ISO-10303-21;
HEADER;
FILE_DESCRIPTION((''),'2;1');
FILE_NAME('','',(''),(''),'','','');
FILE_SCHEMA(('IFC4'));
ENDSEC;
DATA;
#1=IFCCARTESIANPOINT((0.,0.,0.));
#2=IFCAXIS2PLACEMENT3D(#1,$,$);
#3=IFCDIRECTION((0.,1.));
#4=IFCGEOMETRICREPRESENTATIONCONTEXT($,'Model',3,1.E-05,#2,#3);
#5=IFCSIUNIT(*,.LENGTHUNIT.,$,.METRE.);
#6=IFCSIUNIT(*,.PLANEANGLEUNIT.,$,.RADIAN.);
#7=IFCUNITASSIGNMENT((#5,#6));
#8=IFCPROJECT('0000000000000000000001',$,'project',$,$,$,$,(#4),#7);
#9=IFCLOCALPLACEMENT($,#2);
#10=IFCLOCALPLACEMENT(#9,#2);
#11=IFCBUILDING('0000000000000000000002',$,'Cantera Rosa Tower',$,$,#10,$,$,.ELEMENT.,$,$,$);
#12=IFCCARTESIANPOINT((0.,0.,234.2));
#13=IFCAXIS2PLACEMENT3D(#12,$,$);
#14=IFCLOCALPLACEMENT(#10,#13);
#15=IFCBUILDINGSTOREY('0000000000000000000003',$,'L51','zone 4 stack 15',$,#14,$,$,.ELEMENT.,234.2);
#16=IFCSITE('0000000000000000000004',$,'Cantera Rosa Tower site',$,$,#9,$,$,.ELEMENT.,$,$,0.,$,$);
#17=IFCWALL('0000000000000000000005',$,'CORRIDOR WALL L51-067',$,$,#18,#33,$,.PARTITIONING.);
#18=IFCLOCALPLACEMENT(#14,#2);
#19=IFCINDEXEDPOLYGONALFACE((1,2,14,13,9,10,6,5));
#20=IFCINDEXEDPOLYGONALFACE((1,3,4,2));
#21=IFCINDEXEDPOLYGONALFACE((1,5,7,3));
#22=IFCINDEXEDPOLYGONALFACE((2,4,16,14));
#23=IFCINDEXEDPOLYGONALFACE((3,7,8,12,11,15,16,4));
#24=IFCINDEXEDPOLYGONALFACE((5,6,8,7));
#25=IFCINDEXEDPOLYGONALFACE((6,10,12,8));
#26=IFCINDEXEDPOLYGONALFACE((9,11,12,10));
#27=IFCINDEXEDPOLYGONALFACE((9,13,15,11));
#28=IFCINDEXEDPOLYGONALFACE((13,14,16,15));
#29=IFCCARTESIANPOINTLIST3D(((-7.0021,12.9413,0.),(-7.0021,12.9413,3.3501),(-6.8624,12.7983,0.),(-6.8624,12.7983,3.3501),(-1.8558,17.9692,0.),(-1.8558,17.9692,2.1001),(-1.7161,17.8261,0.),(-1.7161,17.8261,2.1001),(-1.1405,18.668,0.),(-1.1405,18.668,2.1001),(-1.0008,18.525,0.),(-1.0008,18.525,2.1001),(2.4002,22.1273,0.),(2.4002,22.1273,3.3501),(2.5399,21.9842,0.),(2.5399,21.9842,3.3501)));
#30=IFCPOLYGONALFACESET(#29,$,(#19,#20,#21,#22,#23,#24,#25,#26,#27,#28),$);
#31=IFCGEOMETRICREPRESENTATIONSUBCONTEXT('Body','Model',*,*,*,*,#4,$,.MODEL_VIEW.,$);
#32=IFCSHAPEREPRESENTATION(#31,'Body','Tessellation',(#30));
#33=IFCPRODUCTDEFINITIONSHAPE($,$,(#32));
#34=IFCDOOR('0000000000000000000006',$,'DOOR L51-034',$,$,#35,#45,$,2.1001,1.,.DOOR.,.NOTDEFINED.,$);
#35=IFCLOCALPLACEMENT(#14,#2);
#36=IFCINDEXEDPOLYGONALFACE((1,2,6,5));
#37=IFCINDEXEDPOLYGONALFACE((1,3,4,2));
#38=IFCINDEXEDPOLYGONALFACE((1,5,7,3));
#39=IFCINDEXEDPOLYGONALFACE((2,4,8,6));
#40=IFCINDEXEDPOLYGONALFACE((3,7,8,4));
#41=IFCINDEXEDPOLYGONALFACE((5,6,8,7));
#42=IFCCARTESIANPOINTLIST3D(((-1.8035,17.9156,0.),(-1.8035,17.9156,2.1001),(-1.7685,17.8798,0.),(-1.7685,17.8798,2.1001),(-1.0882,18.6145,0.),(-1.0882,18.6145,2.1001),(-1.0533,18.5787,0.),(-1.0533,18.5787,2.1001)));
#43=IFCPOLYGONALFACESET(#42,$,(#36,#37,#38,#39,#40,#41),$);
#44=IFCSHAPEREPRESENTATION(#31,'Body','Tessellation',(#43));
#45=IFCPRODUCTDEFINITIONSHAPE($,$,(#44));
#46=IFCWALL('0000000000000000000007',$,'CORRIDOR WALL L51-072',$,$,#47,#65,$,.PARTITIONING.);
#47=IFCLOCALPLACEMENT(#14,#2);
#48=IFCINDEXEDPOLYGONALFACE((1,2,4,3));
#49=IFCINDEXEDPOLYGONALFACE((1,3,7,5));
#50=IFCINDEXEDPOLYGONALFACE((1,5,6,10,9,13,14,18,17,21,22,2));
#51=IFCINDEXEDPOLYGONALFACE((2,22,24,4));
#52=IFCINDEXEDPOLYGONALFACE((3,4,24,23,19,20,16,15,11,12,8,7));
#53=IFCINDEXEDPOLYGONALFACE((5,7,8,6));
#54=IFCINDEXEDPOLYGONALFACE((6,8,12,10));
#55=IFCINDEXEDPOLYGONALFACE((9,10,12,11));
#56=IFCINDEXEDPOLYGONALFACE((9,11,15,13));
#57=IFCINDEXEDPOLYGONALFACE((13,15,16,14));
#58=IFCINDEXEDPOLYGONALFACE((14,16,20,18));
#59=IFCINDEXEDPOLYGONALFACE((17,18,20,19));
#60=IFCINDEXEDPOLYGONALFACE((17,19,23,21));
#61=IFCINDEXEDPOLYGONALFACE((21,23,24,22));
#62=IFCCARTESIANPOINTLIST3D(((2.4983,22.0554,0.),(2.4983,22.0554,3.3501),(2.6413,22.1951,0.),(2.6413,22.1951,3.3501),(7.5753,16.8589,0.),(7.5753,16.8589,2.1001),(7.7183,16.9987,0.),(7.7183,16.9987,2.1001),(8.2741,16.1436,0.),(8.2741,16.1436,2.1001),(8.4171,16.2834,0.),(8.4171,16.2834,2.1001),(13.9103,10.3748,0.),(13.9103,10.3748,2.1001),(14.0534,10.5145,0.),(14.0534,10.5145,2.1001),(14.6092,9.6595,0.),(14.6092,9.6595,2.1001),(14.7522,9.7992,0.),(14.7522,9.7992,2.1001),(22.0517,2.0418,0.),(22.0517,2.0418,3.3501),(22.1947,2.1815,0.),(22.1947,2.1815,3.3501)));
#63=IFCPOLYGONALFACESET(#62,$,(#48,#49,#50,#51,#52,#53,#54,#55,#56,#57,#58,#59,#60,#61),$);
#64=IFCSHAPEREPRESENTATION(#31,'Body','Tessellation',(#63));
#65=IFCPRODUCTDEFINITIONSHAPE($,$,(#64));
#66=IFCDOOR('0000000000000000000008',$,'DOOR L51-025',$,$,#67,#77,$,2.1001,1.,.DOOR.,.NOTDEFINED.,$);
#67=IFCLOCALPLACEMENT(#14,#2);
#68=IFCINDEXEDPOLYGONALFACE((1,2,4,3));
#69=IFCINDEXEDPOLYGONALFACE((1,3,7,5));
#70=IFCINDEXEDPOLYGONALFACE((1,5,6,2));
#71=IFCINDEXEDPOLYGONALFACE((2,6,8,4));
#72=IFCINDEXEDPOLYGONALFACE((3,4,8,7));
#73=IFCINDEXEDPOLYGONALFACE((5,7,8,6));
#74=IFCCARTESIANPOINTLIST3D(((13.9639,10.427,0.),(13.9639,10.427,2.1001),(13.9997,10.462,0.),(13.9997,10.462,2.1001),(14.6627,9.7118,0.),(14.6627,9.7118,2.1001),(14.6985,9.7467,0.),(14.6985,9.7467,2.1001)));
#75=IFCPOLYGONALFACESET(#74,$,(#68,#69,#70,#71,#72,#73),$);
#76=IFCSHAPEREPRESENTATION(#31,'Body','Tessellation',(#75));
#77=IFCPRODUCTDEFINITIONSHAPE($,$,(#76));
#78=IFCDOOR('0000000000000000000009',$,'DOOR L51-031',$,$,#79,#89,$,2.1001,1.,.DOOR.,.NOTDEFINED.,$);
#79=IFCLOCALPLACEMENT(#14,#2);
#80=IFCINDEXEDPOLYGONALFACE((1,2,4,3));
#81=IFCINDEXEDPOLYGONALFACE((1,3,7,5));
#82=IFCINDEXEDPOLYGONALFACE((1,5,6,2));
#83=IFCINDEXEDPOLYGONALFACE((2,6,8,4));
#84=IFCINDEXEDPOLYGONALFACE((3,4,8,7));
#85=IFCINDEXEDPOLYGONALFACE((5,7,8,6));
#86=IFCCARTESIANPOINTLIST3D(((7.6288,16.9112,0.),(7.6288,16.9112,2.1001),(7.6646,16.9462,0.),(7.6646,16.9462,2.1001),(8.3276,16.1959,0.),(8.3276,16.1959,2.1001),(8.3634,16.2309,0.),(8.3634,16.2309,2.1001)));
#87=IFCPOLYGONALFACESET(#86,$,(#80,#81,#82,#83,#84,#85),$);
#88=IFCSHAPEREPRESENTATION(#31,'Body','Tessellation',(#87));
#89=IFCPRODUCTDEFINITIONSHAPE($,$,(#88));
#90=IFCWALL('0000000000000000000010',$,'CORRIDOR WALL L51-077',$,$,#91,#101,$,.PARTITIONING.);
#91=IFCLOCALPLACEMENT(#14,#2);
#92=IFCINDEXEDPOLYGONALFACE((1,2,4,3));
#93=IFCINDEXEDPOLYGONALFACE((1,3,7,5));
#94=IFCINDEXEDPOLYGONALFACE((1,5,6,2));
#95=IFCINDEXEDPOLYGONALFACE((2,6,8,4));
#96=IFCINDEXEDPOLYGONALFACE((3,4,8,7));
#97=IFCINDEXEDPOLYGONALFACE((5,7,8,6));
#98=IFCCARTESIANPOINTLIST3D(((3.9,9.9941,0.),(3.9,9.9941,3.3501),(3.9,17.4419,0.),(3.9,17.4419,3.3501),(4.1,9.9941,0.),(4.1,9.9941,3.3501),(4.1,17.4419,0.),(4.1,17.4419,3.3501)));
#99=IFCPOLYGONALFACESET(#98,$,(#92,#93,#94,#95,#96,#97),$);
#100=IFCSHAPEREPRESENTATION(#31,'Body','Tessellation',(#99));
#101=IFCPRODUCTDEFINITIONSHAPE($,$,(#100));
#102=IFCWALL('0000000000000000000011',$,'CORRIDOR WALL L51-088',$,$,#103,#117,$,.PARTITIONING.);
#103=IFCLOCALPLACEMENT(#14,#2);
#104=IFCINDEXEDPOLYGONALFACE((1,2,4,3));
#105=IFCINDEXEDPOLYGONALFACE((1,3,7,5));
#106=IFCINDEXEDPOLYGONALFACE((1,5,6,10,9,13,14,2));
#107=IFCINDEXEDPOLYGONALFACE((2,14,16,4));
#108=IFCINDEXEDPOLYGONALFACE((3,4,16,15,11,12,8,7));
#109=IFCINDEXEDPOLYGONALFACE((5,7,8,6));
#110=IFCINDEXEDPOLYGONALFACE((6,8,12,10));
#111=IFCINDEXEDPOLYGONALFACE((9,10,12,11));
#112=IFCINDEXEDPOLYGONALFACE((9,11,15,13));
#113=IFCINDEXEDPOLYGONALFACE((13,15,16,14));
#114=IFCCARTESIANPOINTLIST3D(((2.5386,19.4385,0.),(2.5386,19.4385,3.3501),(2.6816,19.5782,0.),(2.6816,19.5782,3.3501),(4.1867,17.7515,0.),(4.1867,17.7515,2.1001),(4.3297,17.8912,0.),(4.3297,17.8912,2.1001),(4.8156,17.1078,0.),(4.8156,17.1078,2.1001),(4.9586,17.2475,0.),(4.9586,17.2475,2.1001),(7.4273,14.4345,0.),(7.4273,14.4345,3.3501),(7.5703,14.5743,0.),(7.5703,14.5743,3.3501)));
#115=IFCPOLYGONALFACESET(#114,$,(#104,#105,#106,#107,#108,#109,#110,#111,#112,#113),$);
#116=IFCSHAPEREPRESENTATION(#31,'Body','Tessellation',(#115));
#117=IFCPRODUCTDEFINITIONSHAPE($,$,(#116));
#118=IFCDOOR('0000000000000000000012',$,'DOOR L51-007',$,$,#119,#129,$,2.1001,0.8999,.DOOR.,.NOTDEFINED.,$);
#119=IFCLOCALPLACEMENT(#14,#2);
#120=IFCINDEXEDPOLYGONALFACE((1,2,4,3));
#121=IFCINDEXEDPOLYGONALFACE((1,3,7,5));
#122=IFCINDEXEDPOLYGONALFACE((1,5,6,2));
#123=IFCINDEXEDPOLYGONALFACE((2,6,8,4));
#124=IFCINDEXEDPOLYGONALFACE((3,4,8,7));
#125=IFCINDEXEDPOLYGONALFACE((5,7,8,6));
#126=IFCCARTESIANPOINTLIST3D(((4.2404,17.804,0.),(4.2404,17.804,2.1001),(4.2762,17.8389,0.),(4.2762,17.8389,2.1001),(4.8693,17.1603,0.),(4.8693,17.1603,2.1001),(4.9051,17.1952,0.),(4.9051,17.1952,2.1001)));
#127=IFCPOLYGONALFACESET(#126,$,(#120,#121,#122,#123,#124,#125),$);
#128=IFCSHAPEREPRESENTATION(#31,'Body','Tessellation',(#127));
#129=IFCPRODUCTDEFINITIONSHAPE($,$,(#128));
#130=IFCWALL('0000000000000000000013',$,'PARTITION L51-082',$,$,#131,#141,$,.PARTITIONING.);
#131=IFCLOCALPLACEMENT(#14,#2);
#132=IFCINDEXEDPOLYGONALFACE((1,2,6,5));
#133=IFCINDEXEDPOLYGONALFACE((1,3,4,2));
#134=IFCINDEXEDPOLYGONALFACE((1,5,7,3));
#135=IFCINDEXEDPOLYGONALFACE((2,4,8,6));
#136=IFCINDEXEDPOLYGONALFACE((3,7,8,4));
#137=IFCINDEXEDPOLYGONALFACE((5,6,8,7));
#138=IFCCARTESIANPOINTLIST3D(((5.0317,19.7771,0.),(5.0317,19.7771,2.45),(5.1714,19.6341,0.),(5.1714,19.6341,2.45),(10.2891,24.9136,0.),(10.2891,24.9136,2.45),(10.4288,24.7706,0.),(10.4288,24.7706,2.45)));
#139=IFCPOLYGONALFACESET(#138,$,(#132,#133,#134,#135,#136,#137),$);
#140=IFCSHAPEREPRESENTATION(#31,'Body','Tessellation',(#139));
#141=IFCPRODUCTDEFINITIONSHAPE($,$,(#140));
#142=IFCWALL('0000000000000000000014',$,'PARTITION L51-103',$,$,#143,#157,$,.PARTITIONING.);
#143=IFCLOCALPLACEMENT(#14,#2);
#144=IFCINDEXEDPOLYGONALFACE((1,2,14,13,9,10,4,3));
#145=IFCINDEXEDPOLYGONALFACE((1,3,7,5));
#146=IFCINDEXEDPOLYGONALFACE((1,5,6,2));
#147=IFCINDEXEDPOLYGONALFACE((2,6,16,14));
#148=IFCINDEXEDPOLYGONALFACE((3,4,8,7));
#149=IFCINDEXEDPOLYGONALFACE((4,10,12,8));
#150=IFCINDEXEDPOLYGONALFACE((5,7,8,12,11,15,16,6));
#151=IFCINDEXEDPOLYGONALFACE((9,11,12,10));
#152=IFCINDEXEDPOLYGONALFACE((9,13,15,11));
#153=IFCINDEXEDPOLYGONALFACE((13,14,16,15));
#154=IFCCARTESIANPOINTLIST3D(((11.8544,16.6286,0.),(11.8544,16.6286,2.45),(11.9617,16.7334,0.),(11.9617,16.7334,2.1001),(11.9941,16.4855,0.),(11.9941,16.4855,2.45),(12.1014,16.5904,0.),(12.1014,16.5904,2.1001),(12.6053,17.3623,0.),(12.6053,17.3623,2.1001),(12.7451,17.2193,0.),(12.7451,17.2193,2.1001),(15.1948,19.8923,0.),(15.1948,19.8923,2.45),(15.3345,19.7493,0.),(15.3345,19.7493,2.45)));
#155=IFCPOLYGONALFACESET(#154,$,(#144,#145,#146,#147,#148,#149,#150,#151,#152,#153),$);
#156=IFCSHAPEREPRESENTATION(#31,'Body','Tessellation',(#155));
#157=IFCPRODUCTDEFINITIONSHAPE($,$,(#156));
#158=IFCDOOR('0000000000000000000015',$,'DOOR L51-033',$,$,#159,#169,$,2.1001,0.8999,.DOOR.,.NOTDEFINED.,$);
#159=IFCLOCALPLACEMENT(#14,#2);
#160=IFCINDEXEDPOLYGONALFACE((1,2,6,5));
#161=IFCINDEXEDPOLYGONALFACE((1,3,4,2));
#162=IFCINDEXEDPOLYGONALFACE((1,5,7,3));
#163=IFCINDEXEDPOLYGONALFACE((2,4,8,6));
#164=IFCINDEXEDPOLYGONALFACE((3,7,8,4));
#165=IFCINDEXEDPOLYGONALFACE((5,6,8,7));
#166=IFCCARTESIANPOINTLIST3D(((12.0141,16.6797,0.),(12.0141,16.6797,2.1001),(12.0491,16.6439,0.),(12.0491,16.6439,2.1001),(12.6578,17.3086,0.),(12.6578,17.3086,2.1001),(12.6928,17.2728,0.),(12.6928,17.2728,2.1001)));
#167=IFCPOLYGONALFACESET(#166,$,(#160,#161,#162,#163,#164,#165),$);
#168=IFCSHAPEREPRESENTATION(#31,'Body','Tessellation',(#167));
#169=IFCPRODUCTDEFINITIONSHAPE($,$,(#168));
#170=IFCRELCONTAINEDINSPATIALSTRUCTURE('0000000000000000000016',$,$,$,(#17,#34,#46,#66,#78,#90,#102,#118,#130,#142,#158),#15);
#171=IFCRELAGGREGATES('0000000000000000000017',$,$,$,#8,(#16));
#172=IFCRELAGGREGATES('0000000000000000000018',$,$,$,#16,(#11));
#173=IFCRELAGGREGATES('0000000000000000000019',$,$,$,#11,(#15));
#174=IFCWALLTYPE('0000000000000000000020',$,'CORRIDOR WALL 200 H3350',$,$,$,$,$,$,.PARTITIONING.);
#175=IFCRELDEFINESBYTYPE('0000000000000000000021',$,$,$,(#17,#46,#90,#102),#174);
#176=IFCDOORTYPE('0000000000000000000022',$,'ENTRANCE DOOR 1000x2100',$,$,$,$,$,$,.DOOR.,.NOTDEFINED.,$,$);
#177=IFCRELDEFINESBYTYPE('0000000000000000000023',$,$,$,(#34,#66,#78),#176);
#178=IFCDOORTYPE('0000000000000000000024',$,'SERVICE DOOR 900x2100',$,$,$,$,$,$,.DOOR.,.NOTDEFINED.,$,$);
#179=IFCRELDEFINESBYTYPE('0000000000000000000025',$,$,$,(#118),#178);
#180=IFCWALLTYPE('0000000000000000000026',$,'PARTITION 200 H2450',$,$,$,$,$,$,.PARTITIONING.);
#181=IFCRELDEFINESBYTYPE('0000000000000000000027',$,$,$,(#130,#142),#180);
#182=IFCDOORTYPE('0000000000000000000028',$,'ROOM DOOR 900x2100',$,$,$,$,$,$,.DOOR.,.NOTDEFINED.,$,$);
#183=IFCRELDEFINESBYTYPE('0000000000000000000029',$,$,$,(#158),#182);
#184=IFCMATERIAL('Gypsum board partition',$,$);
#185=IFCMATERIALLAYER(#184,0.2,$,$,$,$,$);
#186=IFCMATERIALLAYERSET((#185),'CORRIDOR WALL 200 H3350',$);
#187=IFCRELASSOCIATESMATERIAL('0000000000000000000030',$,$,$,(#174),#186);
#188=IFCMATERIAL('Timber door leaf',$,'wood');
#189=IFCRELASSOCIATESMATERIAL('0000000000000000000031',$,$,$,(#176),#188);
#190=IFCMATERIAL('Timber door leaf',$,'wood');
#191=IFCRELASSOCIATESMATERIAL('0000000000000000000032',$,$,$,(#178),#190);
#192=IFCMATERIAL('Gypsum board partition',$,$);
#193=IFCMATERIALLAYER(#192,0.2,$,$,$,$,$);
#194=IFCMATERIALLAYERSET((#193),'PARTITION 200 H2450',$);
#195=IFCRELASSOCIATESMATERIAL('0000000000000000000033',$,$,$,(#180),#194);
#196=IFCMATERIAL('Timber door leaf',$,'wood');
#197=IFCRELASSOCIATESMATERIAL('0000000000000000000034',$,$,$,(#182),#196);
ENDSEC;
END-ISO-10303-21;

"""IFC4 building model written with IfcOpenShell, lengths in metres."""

from ifc_helpers import new_model, si_unit, direction, frame, frame_2d, origin, place, context, subcontext, project, spatial, rectangle, extrude, material, layer, layer_set, type_object, element, fill, save


model = new_model("IFC4")

# Units and contexts
model_context = context("Model", 3, precision=1e-05, world=origin(), true_north=direction((0.0, 1.0)))
body_context = subcontext(model_context, "Body", "Model", "MODEL_VIEW")
ifc_project = project(units=[si_unit("LENGTHUNIT", "METRE"), si_unit("PLANEANGLEUNIT", "RADIAN")], contexts=[model_context])

# Site, building, storey
site_placement = place(None, origin())
site = spatial("IfcSite", under=ifc_project, at=site_placement, Name="Cantera Rosa Tower site", CompositionType="ELEMENT", RefElevation=0.0)
building_placement = place(site_placement, origin())
building = spatial("IfcBuilding", under=site, at=building_placement, Name="Cantera Rosa Tower", CompositionType="ELEMENT")
storey_placement = place(building_placement, frame((0.0, 0.0, 234.2)))
storey = spatial("IfcBuildingStorey", under=building, at=storey_placement, Name="L51", Description="zone 4 stack 15", CompositionType="ELEMENT", Elevation=234.2)

# Shared definitions
ifc_material_1 = material(Name="Gypsum board partition")
ifc_layer_1 = layer(ifc_material_1, 0.2)
ifc_layer_set_1 = layer_set([ifc_layer_1], Name="CORRIDOR WALL 200 H3350")
wall_type_1 = type_object("IfcWallType", Name="CORRIDOR WALL 200 H3350", PredefinedType="PARTITIONING", material=ifc_layer_set_1)

# Wall, opening, door
wall_1_placement = place(storey_placement, frame((2.47, 22.0557, 0.0), z_axis=(0.0, 0.0, 1.0), x_axis=(-0.715287, -0.698831, 0.0)))
wall_1 = element("IfcWall", 1, at=wall_1_placement, inside=storey, type_object=wall_type_1, Name="CORRIDOR WALL L51-067", PredefinedType="PARTITIONING", context=body_context, shape_type="SweptSolid", body=[
    extrude(rectangle(XDim=13.1448, YDim=0.2, at=frame_2d((6.5723, 0.0))), origin(), (0.0, 0.0, 1.0), 3.3501),
])
opening_1_placement = place(wall_1_placement, frame((4.95, 0.0, 0.0)))
opening_1 = element("IfcOpeningElement", 2, at=opening_1_placement, cuts=wall_1, PredefinedType="OPENING", context=body_context, shape_type="SweptSolid", body=[
    extrude(rectangle(XDim=1.0, YDim=2.1001, at=frame_2d((0.5, 1.05))), frame((0.0, 0.1099, 0.0), z_axis=(0.0, -1.0, 0.0), x_axis=(1.0, 0.0, 0.0)), (0.0, 0.0, 1.0), 0.22),
])
ifc_material_2 = material(Name="Timber door leaf", Category="wood")
door_type_1 = type_object("IfcDoorType", Name="ENTRANCE DOOR 1000x2100", OperationType="NOTDEFINED", PredefinedType="DOOR", material=ifc_material_2)
door_1_placement = place(opening_1_placement, origin())
door_1 = element("IfcDoor", 3, at=door_1_placement, inside=storey, type_object=door_type_1, Name="DOOR L51-034", OperationType="NOTDEFINED", OverallHeight=2.1001, OverallWidth=1.0, PredefinedType="DOOR", context=body_context, shape_type="SweptSolid", body=[
    extrude(rectangle(XDim=1.0, YDim=2.1001, at=frame_2d((0.5, 1.05))), frame((0.0, 0.0249, 0.0), z_axis=(0.0, -1.0, 0.0), x_axis=(1.0, 0.0, 0.0)), (0.0, 0.0, 1.0), 0.05),
])
fill(opening_1, door_1)

# Wall, openings, doors
wall_2_placement = place(storey_placement, frame((2.5698, 22.1252, 0.0), z_axis=(0.0, 0.0, 1.0), x_axis=(0.698835, -0.715283, 0.0)))
wall_2 = element("IfcWall", 4, at=wall_2_placement, inside=storey, type_object=wall_type_1, Name="CORRIDOR WALL L51-072", PredefinedType="PARTITIONING", context=body_context, shape_type="SweptSolid", body=[
    extrude(rectangle(XDim=27.98, YDim=0.2, at=frame_2d((13.99, 0.0))), origin(), (0.0, 0.0, 1.0), 3.3501),
])
opening_2_placement = place(wall_2_placement, frame((16.3301, 0.0, 0.0)))
opening_2 = element("IfcOpeningElement", 5, at=opening_2_placement, cuts=wall_2, PredefinedType="OPENING", context=body_context, shape_type="SweptSolid", body=[
    extrude(rectangle(XDim=1.0, YDim=2.1001, at=frame_2d((0.5, 1.05))), frame((0.0, 0.1099, 0.0), z_axis=(0.0, -1.0, 0.0), x_axis=(1.0, 0.0, 0.0)), (0.0, 0.0, 1.0), 0.22),
])
opening_3_placement = place(wall_2_placement, frame((7.2649, 0.0, 0.0)))
opening_3 = element("IfcOpeningElement", 6, at=opening_3_placement, cuts=wall_2, PredefinedType="OPENING", context=body_context, shape_type="SweptSolid", body=[
    extrude(rectangle(XDim=1.0, YDim=2.1001, at=frame_2d((0.5, 1.05))), frame((0.0, 0.1099, 0.0), z_axis=(0.0, -1.0, 0.0), x_axis=(1.0, 0.0, 0.0)), (0.0, 0.0, 1.0), 0.22),
])
door_2_placement = place(opening_2_placement, origin())
door_2 = element("IfcDoor", 7, at=door_2_placement, inside=storey, type_object=door_type_1, Name="DOOR L51-025", OperationType="NOTDEFINED", OverallHeight=2.1001, OverallWidth=1.0, PredefinedType="DOOR", context=body_context, shape_type="SweptSolid", body=[
    extrude(rectangle(XDim=1.0, YDim=2.1001, at=frame_2d((0.5, 1.05))), frame((0.0, 0.0249, 0.0), z_axis=(0.0, -1.0, 0.0), x_axis=(1.0, 0.0, 0.0)), (0.0, 0.0, 1.0), 0.05),
])
fill(opening_2, door_2)
door_3_placement = place(opening_3_placement, origin())
door_3 = element("IfcDoor", 8, at=door_3_placement, inside=storey, type_object=door_type_1, Name="DOOR L51-031", OperationType="NOTDEFINED", OverallHeight=2.1001, OverallWidth=1.0, PredefinedType="DOOR", context=body_context, shape_type="SweptSolid", body=[
    extrude(rectangle(XDim=1.0, YDim=2.1001, at=frame_2d((0.5, 1.05))), frame((0.0, 0.0249, 0.0), z_axis=(0.0, -1.0, 0.0), x_axis=(1.0, 0.0, 0.0)), (0.0, 0.0, 1.0), 0.05),
])
fill(opening_3, door_3)

# Wall
wall_3_placement = place(storey_placement, frame((4.0, 17.4419, 0.0), z_axis=(0.0, 0.0, 1.0), x_axis=(0.0, -1.0, 0.0)))
element("IfcWall", 9, at=wall_3_placement, inside=storey, type_object=wall_type_1, Name="CORRIDOR WALL L51-077", PredefinedType="PARTITIONING", context=body_context, shape_type="SweptSolid", body=[
    extrude(rectangle(XDim=7.4478, YDim=0.2, at=frame_2d((3.7239, 0.0))), origin(), (0.0, 0.0, 1.0), 3.3501),
])

# Wall, opening, door
wall_4_placement = place(storey_placement, frame((7.4988, 14.5044, 0.0), z_axis=(0.0, 0.0, 1.0), x_axis=(-0.698823, 0.715295, 0.0)))
wall_4 = element("IfcWall", 10, at=wall_4_placement, inside=storey, type_object=wall_type_1, Name="CORRIDOR WALL L51-088", PredefinedType="PARTITIONING", context=body_context, shape_type="SweptSolid", body=[
    extrude(rectangle(XDim=6.9956, YDim=0.2, at=frame_2d((3.4978, 0.0))), origin(), (0.0, 0.0, 1.0), 3.3501),
])
opening_4_placement = place(wall_4_placement, frame((3.7373, 0.0, 0.0)))
opening_4 = element("IfcOpeningElement", 11, at=opening_4_placement, cuts=wall_4, PredefinedType="OPENING", context=body_context, shape_type="SweptSolid", body=[
    extrude(rectangle(XDim=0.8999, YDim=2.1001, at=frame_2d((0.45, 1.05))), frame((0.0, 0.1099, 0.0), z_axis=(0.0, -1.0, 0.0), x_axis=(1.0, 0.0, 0.0)), (0.0, 0.0, 1.0), 0.22),
])
ifc_material_3 = material(Name="Timber door leaf", Category="wood")
door_type_2 = type_object("IfcDoorType", Name="SERVICE DOOR 900x2100", OperationType="NOTDEFINED", PredefinedType="DOOR", material=ifc_material_3)
door_4_placement = place(opening_4_placement, origin())
door_4 = element("IfcDoor", 12, at=door_4_placement, inside=storey, type_object=door_type_2, Name="DOOR L51-007", OperationType="NOTDEFINED", OverallHeight=2.1001, OverallWidth=0.8999, PredefinedType="DOOR", context=body_context, shape_type="SweptSolid", body=[
    extrude(rectangle(XDim=0.8999, YDim=2.1001, at=frame_2d((0.45, 1.05))), frame((0.0, 0.0249, 0.0), z_axis=(0.0, -1.0, 0.0), x_axis=(1.0, 0.0, 0.0)), (0.0, 0.0, 1.0), 0.05),
])
fill(opening_4, door_4)

# Wall
ifc_material_4 = material(Name="Gypsum board partition")
ifc_layer_2 = layer(ifc_material_4, 0.2)
ifc_layer_set_2 = layer_set([ifc_layer_2], Name="PARTITION 200 H2450")
wall_type_2 = type_object("IfcWallType", Name="PARTITION 200 H2450", PredefinedType="PARTITIONING", material=ifc_layer_set_2)
wall_5_placement = place(storey_placement, frame((5.1016, 19.7056, 0.0), z_axis=(0.0, 0.0, 1.0), x_axis=(0.71528, 0.698838, 0.0)))
element("IfcWall", 13, at=wall_5_placement, inside=storey, type_object=wall_type_2, Name="PARTITION L51-082", PredefinedType="PARTITIONING", context=body_context, shape_type="SweptSolid", body=[
    extrude(rectangle(XDim=7.3501, YDim=0.2, at=frame_2d((3.675, 0.0))), origin(), (0.0, 0.0, 1.0), 2.45),
])

# Wall, opening, door
wall_6_placement = place(storey_placement, frame((11.9243, 16.5571, 0.0), z_axis=(0.0, 0.0, 1.0), x_axis=(0.715267, 0.698852, 0.0)))
wall_6 = element("IfcWall", 14, at=wall_6_placement, inside=storey, type_object=wall_type_2, Name="PARTITION L51-103", PredefinedType="PARTITIONING", context=body_context, shape_type="SweptSolid", body=[
    extrude(rectangle(XDim=4.6702, YDim=0.2, at=frame_2d((2.335, 0.0))), origin(), (0.0, 0.0, 1.0), 2.45),
])
opening_5_placement = place(wall_6_placement, frame((0.1499, 0.0, 0.0)))
opening_5 = element("IfcOpeningElement", 15, at=opening_5_placement, cuts=wall_6, PredefinedType="OPENING", context=body_context, shape_type="SweptSolid", body=[
    extrude(rectangle(XDim=0.8999, YDim=2.1001, at=frame_2d((0.45, 1.05))), frame((0.0, 0.1099, 0.0), z_axis=(0.0, -1.0, 0.0), x_axis=(1.0, 0.0, 0.0)), (0.0, 0.0, 1.0), 0.22),
])
ifc_material_5 = material(Name="Timber door leaf", Category="wood")
door_type_3 = type_object("IfcDoorType", Name="ROOM DOOR 900x2100", OperationType="NOTDEFINED", PredefinedType="DOOR", material=ifc_material_5)
door_5_placement = place(opening_5_placement, origin())
door_5 = element("IfcDoor", 16, at=door_5_placement, inside=storey, type_object=door_type_3, Name="DOOR L51-033", OperationType="NOTDEFINED", OverallHeight=2.1001, OverallWidth=0.8999, PredefinedType="DOOR", context=body_context, shape_type="SweptSolid", body=[
    extrude(rectangle(XDim=0.8999, YDim=2.1001, at=frame_2d((0.45, 1.05))), frame((0.0, 0.0249, 0.0), z_axis=(0.0, -1.0, 0.0), x_axis=(1.0, 0.0, 0.0)), (0.0, 0.0, 1.0), 0.05),
])
fill(opening_5, door_5)

save(model, "model.ifc")
